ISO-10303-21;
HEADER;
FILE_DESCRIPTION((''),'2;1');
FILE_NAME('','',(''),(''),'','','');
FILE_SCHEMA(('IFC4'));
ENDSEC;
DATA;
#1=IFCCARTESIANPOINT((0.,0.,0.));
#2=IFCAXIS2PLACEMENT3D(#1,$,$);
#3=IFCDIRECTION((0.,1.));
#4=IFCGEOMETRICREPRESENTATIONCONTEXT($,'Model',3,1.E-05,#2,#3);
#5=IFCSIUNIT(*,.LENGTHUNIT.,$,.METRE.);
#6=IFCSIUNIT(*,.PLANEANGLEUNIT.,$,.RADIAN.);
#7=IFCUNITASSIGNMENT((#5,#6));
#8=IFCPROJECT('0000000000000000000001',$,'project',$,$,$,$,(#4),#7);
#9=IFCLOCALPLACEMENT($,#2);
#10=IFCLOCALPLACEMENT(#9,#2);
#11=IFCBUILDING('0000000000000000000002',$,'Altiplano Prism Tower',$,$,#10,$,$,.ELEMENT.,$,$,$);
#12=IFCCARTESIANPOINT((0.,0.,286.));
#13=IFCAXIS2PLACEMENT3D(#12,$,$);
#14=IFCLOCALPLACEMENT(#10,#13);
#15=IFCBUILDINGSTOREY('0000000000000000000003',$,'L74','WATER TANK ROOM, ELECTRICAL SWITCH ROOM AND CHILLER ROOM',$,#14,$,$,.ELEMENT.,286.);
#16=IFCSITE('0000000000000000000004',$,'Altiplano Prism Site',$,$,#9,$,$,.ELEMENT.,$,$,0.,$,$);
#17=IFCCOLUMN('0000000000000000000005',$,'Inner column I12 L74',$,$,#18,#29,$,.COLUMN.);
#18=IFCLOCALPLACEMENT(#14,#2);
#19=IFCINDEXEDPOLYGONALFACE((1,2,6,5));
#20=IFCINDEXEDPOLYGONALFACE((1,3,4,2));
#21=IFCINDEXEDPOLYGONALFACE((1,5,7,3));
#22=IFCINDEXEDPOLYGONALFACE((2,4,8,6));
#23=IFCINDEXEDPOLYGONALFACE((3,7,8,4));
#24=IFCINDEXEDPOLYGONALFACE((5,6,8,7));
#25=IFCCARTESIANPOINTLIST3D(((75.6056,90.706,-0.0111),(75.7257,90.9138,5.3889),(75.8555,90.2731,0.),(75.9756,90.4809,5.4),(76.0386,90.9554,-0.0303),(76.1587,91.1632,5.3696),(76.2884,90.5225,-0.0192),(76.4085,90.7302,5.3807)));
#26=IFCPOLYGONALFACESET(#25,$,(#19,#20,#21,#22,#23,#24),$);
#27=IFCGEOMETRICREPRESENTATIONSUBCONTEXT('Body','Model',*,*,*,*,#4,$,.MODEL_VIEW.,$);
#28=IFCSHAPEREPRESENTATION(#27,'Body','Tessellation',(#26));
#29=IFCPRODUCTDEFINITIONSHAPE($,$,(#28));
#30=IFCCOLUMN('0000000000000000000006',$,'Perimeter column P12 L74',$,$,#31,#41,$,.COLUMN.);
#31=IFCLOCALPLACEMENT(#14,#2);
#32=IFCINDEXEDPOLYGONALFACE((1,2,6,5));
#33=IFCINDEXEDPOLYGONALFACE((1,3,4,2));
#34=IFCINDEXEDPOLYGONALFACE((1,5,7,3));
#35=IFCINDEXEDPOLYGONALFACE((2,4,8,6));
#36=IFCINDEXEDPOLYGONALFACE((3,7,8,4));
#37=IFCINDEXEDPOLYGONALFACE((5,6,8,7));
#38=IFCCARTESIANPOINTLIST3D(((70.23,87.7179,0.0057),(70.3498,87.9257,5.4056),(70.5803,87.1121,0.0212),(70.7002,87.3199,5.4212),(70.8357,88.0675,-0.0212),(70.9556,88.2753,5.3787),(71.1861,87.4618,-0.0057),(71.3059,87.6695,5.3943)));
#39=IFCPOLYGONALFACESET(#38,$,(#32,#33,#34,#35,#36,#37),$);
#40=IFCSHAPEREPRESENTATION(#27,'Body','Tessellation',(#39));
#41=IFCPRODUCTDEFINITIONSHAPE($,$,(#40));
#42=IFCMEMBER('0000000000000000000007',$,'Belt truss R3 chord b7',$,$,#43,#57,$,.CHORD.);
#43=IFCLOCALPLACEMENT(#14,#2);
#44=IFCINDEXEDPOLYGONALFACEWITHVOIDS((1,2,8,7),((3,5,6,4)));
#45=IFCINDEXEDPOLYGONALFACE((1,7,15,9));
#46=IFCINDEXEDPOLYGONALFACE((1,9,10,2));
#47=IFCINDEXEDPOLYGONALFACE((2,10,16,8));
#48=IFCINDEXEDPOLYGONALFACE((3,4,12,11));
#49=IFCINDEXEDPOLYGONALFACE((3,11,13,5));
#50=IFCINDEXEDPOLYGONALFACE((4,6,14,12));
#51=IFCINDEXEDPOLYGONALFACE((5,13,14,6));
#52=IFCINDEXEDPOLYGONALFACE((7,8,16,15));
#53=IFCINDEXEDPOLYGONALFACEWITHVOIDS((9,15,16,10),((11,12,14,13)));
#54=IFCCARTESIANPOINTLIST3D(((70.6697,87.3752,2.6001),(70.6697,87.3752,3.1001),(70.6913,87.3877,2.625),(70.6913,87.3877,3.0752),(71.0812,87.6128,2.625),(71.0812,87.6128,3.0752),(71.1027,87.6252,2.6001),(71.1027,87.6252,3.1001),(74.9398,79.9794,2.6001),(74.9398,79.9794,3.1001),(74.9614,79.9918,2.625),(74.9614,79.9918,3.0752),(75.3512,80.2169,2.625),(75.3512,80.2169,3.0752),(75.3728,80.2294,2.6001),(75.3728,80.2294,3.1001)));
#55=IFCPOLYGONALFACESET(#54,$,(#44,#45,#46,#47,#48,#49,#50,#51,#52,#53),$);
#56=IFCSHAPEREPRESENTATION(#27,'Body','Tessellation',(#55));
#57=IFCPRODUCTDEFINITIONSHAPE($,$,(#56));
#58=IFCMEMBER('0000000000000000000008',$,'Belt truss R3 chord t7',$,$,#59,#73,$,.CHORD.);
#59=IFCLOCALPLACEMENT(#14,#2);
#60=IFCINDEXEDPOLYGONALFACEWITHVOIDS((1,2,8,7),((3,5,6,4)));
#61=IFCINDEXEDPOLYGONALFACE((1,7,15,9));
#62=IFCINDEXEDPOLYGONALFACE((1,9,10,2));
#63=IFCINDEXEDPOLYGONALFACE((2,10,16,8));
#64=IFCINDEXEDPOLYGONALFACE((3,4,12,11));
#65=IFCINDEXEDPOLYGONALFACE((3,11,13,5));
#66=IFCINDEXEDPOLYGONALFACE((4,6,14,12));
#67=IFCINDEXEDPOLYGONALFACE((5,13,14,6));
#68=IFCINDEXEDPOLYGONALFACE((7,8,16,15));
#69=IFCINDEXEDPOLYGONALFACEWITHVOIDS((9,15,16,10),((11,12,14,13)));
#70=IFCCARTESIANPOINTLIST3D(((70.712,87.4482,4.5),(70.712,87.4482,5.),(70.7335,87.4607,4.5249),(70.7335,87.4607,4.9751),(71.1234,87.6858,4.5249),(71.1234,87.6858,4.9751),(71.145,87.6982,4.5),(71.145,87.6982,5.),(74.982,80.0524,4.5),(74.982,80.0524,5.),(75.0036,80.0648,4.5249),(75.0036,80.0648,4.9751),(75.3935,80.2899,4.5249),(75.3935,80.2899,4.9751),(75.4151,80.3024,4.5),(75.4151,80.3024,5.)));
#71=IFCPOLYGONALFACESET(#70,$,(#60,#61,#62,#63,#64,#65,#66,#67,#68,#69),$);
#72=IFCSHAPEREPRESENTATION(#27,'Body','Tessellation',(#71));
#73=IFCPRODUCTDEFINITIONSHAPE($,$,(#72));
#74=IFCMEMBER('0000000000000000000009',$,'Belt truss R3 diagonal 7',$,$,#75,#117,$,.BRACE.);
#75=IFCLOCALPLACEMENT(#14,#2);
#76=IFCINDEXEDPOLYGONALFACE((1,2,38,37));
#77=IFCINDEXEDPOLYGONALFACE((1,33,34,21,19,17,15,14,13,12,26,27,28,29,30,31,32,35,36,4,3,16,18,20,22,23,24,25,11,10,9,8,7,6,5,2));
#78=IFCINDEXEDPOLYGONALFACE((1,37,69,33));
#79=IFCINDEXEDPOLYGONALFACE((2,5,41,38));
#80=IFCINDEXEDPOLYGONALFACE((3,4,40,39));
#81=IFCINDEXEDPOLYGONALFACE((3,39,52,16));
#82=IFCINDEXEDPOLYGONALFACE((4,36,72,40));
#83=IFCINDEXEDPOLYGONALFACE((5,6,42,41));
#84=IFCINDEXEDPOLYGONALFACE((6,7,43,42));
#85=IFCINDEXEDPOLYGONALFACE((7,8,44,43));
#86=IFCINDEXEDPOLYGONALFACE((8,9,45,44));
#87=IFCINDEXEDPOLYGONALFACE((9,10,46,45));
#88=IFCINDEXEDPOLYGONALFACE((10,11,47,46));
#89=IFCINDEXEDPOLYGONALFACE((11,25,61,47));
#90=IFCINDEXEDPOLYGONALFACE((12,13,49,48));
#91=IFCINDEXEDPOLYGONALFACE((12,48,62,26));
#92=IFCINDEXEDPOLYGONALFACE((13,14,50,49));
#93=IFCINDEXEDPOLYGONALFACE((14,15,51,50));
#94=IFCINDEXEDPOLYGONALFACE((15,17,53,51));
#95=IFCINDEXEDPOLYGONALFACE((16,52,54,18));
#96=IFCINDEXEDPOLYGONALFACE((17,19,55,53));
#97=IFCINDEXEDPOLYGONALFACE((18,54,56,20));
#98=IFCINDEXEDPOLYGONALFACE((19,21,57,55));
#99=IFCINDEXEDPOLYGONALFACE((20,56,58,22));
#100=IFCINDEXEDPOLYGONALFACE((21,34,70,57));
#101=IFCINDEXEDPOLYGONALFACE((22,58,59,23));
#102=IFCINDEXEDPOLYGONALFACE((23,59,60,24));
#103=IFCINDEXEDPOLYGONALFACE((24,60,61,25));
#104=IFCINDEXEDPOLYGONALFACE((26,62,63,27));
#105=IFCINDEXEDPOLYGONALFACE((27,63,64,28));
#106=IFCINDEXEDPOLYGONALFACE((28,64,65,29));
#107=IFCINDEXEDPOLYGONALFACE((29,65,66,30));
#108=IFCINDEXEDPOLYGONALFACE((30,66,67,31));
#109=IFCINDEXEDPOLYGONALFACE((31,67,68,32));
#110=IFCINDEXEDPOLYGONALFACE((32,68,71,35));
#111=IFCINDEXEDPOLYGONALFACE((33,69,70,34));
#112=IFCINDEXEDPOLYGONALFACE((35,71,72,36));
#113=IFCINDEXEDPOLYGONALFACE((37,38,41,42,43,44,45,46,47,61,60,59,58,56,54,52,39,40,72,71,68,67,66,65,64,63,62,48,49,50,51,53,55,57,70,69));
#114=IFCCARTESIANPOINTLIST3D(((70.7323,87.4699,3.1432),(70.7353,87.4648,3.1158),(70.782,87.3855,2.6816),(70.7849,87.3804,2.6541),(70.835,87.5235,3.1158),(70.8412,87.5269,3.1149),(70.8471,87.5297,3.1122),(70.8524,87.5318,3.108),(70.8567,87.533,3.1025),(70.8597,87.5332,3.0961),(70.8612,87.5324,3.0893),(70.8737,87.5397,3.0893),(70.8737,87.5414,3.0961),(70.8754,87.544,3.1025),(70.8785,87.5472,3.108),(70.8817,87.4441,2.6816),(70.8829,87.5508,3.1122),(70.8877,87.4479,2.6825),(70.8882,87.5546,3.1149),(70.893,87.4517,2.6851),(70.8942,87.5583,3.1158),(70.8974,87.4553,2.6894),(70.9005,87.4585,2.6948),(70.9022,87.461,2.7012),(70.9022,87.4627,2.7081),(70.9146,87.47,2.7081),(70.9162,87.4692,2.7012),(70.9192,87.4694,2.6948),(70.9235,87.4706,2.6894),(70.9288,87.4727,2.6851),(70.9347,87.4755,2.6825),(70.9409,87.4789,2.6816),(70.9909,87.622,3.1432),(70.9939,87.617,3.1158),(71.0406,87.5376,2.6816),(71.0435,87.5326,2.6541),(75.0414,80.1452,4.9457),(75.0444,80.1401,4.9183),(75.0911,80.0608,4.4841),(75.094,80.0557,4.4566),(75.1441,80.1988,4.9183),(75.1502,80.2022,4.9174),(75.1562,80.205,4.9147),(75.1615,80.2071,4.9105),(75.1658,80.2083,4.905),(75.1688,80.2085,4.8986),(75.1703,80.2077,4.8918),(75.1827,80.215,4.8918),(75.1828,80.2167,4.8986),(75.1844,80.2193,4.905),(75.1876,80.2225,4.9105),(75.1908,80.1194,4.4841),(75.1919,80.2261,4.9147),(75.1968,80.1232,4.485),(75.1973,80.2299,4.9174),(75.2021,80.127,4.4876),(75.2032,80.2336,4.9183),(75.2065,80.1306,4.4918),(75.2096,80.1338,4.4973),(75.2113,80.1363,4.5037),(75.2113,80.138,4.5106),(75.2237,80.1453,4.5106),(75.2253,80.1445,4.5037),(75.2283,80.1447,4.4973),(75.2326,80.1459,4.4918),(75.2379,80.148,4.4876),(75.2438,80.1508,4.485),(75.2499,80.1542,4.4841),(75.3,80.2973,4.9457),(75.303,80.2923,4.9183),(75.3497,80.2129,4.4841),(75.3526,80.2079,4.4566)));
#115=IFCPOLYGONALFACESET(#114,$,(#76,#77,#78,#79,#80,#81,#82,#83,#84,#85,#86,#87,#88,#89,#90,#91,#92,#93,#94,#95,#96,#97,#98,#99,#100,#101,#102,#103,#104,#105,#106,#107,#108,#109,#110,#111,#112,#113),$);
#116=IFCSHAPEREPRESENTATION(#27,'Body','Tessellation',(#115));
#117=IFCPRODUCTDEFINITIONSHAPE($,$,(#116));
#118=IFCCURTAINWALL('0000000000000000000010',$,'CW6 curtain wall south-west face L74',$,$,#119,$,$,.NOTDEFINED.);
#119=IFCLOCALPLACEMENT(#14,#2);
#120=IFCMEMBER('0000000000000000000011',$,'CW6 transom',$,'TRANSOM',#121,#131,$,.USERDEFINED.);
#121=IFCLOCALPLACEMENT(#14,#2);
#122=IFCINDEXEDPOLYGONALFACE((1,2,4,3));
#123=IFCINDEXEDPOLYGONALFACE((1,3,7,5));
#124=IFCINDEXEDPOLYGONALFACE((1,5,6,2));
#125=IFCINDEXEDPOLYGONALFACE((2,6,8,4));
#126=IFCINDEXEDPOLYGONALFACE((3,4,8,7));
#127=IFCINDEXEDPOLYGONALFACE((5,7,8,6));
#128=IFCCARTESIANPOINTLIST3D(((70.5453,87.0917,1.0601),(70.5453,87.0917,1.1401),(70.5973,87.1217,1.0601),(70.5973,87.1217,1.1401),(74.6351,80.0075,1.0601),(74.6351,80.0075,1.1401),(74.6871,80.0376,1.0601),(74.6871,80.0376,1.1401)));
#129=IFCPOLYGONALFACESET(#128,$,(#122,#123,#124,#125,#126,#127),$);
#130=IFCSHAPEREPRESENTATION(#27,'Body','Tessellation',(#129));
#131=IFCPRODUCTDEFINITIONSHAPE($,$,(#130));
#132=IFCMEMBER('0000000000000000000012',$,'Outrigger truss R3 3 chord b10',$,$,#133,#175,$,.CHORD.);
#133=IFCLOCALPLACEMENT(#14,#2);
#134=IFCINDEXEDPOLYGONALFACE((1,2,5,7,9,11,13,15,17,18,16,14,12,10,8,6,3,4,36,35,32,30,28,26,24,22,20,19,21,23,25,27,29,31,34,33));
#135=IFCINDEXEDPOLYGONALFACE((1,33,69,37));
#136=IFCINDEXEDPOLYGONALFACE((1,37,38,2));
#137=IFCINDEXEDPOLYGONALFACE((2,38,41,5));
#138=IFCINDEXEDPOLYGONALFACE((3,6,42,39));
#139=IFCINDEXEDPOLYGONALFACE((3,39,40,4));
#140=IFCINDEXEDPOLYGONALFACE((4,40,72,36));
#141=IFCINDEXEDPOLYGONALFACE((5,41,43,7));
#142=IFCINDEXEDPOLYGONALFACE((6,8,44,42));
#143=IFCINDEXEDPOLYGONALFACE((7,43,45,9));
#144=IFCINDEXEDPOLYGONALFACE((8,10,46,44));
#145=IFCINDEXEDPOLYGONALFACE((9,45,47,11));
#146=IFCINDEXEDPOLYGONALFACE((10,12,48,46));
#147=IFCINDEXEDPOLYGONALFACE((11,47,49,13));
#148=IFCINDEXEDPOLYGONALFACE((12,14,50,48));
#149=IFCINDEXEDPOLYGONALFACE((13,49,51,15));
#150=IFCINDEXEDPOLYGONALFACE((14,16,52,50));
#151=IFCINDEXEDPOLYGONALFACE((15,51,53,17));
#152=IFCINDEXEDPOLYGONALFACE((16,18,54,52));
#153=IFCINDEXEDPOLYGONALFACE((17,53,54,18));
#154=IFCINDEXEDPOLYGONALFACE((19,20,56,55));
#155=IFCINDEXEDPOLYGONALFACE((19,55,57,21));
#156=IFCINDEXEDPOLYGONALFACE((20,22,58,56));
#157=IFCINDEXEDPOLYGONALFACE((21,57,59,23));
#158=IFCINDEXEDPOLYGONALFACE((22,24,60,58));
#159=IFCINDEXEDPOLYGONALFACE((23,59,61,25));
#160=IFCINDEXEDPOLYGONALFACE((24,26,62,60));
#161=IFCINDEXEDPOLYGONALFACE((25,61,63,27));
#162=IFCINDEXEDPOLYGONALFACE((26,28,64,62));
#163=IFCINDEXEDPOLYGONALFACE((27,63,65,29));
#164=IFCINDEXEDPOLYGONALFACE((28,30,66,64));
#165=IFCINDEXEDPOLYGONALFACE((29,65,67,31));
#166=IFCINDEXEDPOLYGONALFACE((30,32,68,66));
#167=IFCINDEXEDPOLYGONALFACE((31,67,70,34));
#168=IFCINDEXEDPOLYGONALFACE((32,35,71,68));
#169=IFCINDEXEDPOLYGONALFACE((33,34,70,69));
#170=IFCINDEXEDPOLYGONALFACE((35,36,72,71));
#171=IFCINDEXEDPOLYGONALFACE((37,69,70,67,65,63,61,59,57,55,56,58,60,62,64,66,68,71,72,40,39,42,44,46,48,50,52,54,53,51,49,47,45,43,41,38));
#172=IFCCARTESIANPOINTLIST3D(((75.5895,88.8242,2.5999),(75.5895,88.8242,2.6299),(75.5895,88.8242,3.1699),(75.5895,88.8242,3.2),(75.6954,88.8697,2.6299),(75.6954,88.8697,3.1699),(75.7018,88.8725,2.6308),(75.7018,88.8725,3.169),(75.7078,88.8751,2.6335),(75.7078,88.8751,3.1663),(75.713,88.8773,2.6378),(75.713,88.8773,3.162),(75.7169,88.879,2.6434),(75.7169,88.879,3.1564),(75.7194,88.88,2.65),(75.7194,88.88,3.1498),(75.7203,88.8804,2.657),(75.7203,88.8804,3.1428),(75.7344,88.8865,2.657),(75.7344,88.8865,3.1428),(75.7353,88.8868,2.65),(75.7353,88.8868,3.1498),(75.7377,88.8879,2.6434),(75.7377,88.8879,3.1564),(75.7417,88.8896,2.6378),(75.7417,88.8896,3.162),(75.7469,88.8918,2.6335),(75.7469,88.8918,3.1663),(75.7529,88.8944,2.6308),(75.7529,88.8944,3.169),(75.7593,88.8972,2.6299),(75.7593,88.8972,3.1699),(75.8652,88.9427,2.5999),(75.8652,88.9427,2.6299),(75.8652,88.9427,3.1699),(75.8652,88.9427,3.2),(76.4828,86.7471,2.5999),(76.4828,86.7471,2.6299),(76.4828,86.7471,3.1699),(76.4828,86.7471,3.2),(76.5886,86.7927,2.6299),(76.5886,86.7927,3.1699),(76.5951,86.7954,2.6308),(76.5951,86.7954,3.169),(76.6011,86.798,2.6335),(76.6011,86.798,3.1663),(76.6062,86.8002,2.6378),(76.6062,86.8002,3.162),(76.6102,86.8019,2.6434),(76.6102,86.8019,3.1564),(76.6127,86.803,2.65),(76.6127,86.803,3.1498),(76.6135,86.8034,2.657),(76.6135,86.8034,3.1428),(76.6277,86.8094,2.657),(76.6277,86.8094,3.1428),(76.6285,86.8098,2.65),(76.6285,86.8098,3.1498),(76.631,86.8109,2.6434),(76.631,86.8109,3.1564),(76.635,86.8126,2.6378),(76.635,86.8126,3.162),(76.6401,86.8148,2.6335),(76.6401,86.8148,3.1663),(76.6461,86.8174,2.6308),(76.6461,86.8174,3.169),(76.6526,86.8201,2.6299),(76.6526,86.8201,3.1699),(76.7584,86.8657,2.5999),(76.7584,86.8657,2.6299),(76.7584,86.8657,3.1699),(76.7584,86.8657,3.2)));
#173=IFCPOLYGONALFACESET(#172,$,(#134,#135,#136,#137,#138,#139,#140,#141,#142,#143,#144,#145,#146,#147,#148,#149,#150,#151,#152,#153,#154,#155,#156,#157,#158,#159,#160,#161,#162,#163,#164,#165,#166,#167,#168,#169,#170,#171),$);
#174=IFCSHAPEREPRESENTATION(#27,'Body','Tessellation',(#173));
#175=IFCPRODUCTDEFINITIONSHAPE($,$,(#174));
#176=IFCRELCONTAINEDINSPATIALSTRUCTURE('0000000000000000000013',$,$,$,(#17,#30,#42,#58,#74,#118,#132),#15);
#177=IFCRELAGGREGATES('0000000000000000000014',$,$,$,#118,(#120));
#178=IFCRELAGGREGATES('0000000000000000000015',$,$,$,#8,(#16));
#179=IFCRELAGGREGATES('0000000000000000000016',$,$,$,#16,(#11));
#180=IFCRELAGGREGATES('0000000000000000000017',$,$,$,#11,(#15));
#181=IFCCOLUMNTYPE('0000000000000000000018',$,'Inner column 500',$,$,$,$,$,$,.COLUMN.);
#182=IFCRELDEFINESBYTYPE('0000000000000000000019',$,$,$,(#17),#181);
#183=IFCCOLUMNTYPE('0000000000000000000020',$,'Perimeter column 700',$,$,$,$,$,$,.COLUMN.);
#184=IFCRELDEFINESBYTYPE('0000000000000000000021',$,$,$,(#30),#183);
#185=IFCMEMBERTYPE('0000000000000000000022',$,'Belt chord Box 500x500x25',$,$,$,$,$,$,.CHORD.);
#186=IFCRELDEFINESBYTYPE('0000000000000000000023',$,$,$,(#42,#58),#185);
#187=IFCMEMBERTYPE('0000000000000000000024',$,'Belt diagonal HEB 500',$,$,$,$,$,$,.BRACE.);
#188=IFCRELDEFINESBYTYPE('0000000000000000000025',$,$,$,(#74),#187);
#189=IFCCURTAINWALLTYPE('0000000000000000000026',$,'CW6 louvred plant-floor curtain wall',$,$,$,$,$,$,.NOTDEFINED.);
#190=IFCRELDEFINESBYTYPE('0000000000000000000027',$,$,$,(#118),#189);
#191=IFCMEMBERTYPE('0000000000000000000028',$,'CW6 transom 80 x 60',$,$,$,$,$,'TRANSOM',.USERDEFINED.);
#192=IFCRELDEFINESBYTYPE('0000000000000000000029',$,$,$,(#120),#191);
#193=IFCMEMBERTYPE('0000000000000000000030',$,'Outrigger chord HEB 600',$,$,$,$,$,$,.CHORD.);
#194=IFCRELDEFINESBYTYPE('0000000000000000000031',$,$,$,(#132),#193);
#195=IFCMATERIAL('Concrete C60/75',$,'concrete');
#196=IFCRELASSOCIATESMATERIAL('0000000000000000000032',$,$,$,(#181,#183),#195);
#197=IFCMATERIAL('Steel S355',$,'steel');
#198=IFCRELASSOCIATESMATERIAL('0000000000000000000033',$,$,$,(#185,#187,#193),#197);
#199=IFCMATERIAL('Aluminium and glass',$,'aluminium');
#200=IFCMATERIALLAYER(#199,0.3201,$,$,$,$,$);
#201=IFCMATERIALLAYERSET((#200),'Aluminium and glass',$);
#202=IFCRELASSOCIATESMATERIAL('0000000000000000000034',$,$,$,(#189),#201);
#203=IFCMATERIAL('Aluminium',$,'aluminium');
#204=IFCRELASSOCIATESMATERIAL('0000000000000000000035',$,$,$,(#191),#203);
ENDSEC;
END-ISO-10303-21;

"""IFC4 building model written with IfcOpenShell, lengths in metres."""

from ifc_helpers import new_model, si_unit, direction, frame, origin, origin_2d, place, context, subcontext, project, spatial, rectangle, hollow_rectangle, i_section, extrude, material, layer, layer_set, material_profile, profile_set, type_object, element, aggregate, save


model = new_model("IFC4")

# Units and contexts
model_context = context("Model", 3, precision=1e-05, world=origin(), true_north=direction((0.0, 1.0)))
body_context = subcontext(model_context, "Body", "Model", "MODEL_VIEW")
ifc_project = project(units=[si_unit("LENGTHUNIT", "METRE"), si_unit("PLANEANGLEUNIT", "RADIAN")], contexts=[model_context])

# Site, building, storey
site_placement = place(None, origin())
site = spatial("IfcSite", under=ifc_project, at=site_placement, Name="Altiplano Prism Site", CompositionType="ELEMENT", RefElevation=0.0)
building_placement = place(site_placement, origin())
building = spatial("IfcBuilding", under=site, at=building_placement, Name="Altiplano Prism Tower", CompositionType="ELEMENT")
storey_placement = place(building_placement, frame((0.0, 0.0, 286.0)))
storey = spatial("IfcBuildingStorey", under=building, at=storey_placement, Name="L74", Description="WATER TANK ROOM, ELECTRICAL SWITCH ROOM AND CHILLER ROOM", CompositionType="ELEMENT", Elevation=286.0)

# Columns
ifc_material_1 = material(Name="Concrete C60/75", Category="concrete")
ifc_material_profile_1 = material_profile(ifc_material_1, rectangle(XDim=0.5, YDim=0.5, at=origin_2d()), Name="Inner column 500")
ifc_profile_set_1 = profile_set([ifc_material_profile_1], Name="Concrete C60/75")
column_type_1 = type_object("IfcColumnType", Name="Inner column 500", PredefinedType="COLUMN", material=ifc_profile_set_1)
column_1_placement = place(storey_placement, frame((75.947, 90.6143, -0.0151), z_axis=(0.022222, 0.038438, 0.999014), x_axis=(-0.865893, -0.498749, 0.038451)))
element("IfcColumn", 1, at=column_1_placement, inside=storey, type_object=column_type_1, Name="Inner column I12 L74", PredefinedType="COLUMN", context=body_context, shape_type="SweptSolid", body=[
    extrude(rectangle(XDim=0.5, YDim=0.5, at=origin_2d()), origin(), (0.0, 0.0, 1.0), 5.4053),
])
ifc_material_profile_2 = material_profile(ifc_material_1, rectangle(XDim=0.7, YDim=0.7, at=origin_2d()), Name="Perimeter column 700")
ifc_profile_set_2 = profile_set([ifc_material_profile_2], Name="Concrete C60/75")
column_type_2 = type_object("IfcColumnType", Name="Perimeter column 700", PredefinedType="COLUMN", material=ifc_profile_set_2)
column_2_placement = place(storey_placement, frame((70.708, 87.5898, 0.0), z_axis=(0.022177, 0.038438, 0.999015), x_axis=(-0.865454, -0.499513, 0.038431)))
element("IfcColumn", 2, at=column_2_placement, inside=storey, type_object=column_type_2, Name="Perimeter column P12 L74", PredefinedType="COLUMN", context=body_context, shape_type="SweptSolid", body=[
    extrude(rectangle(XDim=0.7, YDim=0.7, at=origin_2d()), origin(), (0.0, 0.0, 1.0), 5.4053),
])

# Members
ifc_material_2 = material(Name="Steel S355", Category="steel")
ifc_material_profile_3 = material_profile(ifc_material_2, hollow_rectangle(XDim=0.5, YDim=0.5, WallThickness=0.0249, at=origin_2d()), Name="Belt chord Box 500x500x25")
ifc_profile_set_3 = profile_set([ifc_material_profile_3], Name="Steel S355")
member_type_1 = type_object("IfcMemberType", Name="Belt chord Box 500x500x25", PredefinedType="CHORD", material=ifc_profile_set_3)
for number, where, z_axis, x_axis, name in (
    (3, (70.8862, 87.5002, 2.8501), (0.500007, -0.866021, 0.0), (0.866021, 0.500007, 0.0), "Belt truss R3 chord b7"),
    (4, (70.9285, 87.5732, 4.75), (0.500007, -0.866021, 0.0), (0.866021, 0.500007, 0.0), "Belt truss R3 chord t7"),
):
    element("IfcMember", number, at=place(storey_placement, frame(where, z_axis=z_axis, x_axis=x_axis)), inside=storey, type_object=member_type_1, Name=name, PredefinedType="CHORD", context=body_context, shape_type="SweptSolid", body=[
        extrude(hollow_rectangle(XDim=0.5, YDim=0.5, WallThickness=0.0249, at=origin_2d()), origin(), (0.0, 0.0, 1.0), 8.54),
    ])
ifc_material_profile_4 = material_profile(ifc_material_2, i_section(OverallWidth=0.3, OverallDepth=0.5, WebThickness=0.0144, FlangeThickness=0.0281, FilletRadius=0.0271, at=origin_2d()), Name="Belt diagonal HEB 500")
ifc_profile_set_4 = profile_set([ifc_material_profile_4], Name="Steel S355")
member_type_2 = type_object("IfcMemberType", Name="Belt diagonal HEB 500", PredefinedType="BRACE", material=ifc_profile_set_4)
member_1_placement = place(storey_placement, frame((70.8879, 87.5012, 2.8987), z_axis=(0.496023, -0.843155, 0.207487), x_axis=(0.861912, 0.507058, 0.0)))
element("IfcMember", 5, at=member_1_placement, inside=storey, type_object=member_type_2, Name="Belt truss R3 diagonal 7", PredefinedType="BRACE", context=body_context, shape_type="SweptSolid", body=[
    extrude(i_section(OverallWidth=0.3, OverallDepth=0.5, WebThickness=0.0144, FlangeThickness=0.0281, FilletRadius=0.0271, at=origin_2d()), origin(), (0.0, 0.0, 1.0), 8.6873),
])

# Curtain wall, member
ifc_material_3 = material(Name="Aluminium and glass", Category="aluminium")
ifc_layer_1 = layer(ifc_material_3, 0.3201)
ifc_layer_set_1 = layer_set([ifc_layer_1], Name="Aluminium and glass")
curtain_wall_type = type_object("IfcCurtainWallType", Name="CW6 louvred plant-floor curtain wall", PredefinedType="NOTDEFINED", material=ifc_layer_set_1)
curtain_wall_placement = place(storey_placement, origin())
curtain_wall = element("IfcCurtainWall", 6, at=curtain_wall_placement, inside=storey, type_object=curtain_wall_type, Name="CW6 curtain wall south-west face L74", PredefinedType="NOTDEFINED")
ifc_material_4 = material(Name="Aluminium", Category="aluminium")
ifc_material_profile_5 = material_profile(ifc_material_4, rectangle(XDim=0.0601, YDim=0.0801, at=origin_2d()), Name="CW6 transom 80 x 60")
ifc_profile_set_5 = profile_set([ifc_material_profile_5], Name="Aluminium")
member_type_3 = type_object("IfcMemberType", Name="CW6 transom 80 x 60", ElementType="TRANSOM", PredefinedType="USERDEFINED", material=ifc_profile_set_5)
member_2_placement = place(storey_placement, frame((70.5713, 87.1067, 1.1001), z_axis=(0.499978, -0.866038, 0.0), x_axis=(0.866038, 0.499978, 0.0)))
member_2 = element("IfcMember", 7, at=member_2_placement, type_object=member_type_3, Name="CW6 transom", ObjectType="TRANSOM", PredefinedType="USERDEFINED", context=body_context, shape_type="SweptSolid", body=[
    extrude(rectangle(XDim=0.0601, YDim=0.0801, at=origin_2d()), origin(), (0.0, 0.0, 1.0), 8.1799),
])

# Member
ifc_material_profile_6 = material_profile(ifc_material_2, i_section(OverallWidth=0.3, OverallDepth=0.6001, WebThickness=0.0154, FlangeThickness=0.03, FilletRadius=0.0271, at=origin_2d()), Name="Outrigger chord HEB 600")
ifc_profile_set_6 = profile_set([ifc_material_profile_6], Name="Steel S355")
member_type_4 = type_object("IfcMemberType", Name="Outrigger chord HEB 600", PredefinedType="CHORD", material=ifc_profile_set_6)
for number, where, z_axis, x_axis, name in (
    (8, (76.6206, 86.8064, 2.8999), (-0.395079, 0.918647, 0.0), (-0.918647, -0.395079, 0.0), "Outrigger truss R3 3 chord b10"),
):
    element("IfcMember", number, at=place(storey_placement, frame(where, z_axis=z_axis, x_axis=x_axis)), inside=storey, type_object=member_type_4, Name=name, PredefinedType="CHORD", context=body_context, shape_type="SweptSolid", body=[
        extrude(i_section(OverallWidth=0.3, OverallDepth=0.6001, WebThickness=0.0154, FlangeThickness=0.03, FilletRadius=0.0271, at=origin_2d()), origin(), (0.0, 0.0, 1.0), 2.261),
    ])

aggregate(curtain_wall, [member_2])

save(model, "model.ifc")
